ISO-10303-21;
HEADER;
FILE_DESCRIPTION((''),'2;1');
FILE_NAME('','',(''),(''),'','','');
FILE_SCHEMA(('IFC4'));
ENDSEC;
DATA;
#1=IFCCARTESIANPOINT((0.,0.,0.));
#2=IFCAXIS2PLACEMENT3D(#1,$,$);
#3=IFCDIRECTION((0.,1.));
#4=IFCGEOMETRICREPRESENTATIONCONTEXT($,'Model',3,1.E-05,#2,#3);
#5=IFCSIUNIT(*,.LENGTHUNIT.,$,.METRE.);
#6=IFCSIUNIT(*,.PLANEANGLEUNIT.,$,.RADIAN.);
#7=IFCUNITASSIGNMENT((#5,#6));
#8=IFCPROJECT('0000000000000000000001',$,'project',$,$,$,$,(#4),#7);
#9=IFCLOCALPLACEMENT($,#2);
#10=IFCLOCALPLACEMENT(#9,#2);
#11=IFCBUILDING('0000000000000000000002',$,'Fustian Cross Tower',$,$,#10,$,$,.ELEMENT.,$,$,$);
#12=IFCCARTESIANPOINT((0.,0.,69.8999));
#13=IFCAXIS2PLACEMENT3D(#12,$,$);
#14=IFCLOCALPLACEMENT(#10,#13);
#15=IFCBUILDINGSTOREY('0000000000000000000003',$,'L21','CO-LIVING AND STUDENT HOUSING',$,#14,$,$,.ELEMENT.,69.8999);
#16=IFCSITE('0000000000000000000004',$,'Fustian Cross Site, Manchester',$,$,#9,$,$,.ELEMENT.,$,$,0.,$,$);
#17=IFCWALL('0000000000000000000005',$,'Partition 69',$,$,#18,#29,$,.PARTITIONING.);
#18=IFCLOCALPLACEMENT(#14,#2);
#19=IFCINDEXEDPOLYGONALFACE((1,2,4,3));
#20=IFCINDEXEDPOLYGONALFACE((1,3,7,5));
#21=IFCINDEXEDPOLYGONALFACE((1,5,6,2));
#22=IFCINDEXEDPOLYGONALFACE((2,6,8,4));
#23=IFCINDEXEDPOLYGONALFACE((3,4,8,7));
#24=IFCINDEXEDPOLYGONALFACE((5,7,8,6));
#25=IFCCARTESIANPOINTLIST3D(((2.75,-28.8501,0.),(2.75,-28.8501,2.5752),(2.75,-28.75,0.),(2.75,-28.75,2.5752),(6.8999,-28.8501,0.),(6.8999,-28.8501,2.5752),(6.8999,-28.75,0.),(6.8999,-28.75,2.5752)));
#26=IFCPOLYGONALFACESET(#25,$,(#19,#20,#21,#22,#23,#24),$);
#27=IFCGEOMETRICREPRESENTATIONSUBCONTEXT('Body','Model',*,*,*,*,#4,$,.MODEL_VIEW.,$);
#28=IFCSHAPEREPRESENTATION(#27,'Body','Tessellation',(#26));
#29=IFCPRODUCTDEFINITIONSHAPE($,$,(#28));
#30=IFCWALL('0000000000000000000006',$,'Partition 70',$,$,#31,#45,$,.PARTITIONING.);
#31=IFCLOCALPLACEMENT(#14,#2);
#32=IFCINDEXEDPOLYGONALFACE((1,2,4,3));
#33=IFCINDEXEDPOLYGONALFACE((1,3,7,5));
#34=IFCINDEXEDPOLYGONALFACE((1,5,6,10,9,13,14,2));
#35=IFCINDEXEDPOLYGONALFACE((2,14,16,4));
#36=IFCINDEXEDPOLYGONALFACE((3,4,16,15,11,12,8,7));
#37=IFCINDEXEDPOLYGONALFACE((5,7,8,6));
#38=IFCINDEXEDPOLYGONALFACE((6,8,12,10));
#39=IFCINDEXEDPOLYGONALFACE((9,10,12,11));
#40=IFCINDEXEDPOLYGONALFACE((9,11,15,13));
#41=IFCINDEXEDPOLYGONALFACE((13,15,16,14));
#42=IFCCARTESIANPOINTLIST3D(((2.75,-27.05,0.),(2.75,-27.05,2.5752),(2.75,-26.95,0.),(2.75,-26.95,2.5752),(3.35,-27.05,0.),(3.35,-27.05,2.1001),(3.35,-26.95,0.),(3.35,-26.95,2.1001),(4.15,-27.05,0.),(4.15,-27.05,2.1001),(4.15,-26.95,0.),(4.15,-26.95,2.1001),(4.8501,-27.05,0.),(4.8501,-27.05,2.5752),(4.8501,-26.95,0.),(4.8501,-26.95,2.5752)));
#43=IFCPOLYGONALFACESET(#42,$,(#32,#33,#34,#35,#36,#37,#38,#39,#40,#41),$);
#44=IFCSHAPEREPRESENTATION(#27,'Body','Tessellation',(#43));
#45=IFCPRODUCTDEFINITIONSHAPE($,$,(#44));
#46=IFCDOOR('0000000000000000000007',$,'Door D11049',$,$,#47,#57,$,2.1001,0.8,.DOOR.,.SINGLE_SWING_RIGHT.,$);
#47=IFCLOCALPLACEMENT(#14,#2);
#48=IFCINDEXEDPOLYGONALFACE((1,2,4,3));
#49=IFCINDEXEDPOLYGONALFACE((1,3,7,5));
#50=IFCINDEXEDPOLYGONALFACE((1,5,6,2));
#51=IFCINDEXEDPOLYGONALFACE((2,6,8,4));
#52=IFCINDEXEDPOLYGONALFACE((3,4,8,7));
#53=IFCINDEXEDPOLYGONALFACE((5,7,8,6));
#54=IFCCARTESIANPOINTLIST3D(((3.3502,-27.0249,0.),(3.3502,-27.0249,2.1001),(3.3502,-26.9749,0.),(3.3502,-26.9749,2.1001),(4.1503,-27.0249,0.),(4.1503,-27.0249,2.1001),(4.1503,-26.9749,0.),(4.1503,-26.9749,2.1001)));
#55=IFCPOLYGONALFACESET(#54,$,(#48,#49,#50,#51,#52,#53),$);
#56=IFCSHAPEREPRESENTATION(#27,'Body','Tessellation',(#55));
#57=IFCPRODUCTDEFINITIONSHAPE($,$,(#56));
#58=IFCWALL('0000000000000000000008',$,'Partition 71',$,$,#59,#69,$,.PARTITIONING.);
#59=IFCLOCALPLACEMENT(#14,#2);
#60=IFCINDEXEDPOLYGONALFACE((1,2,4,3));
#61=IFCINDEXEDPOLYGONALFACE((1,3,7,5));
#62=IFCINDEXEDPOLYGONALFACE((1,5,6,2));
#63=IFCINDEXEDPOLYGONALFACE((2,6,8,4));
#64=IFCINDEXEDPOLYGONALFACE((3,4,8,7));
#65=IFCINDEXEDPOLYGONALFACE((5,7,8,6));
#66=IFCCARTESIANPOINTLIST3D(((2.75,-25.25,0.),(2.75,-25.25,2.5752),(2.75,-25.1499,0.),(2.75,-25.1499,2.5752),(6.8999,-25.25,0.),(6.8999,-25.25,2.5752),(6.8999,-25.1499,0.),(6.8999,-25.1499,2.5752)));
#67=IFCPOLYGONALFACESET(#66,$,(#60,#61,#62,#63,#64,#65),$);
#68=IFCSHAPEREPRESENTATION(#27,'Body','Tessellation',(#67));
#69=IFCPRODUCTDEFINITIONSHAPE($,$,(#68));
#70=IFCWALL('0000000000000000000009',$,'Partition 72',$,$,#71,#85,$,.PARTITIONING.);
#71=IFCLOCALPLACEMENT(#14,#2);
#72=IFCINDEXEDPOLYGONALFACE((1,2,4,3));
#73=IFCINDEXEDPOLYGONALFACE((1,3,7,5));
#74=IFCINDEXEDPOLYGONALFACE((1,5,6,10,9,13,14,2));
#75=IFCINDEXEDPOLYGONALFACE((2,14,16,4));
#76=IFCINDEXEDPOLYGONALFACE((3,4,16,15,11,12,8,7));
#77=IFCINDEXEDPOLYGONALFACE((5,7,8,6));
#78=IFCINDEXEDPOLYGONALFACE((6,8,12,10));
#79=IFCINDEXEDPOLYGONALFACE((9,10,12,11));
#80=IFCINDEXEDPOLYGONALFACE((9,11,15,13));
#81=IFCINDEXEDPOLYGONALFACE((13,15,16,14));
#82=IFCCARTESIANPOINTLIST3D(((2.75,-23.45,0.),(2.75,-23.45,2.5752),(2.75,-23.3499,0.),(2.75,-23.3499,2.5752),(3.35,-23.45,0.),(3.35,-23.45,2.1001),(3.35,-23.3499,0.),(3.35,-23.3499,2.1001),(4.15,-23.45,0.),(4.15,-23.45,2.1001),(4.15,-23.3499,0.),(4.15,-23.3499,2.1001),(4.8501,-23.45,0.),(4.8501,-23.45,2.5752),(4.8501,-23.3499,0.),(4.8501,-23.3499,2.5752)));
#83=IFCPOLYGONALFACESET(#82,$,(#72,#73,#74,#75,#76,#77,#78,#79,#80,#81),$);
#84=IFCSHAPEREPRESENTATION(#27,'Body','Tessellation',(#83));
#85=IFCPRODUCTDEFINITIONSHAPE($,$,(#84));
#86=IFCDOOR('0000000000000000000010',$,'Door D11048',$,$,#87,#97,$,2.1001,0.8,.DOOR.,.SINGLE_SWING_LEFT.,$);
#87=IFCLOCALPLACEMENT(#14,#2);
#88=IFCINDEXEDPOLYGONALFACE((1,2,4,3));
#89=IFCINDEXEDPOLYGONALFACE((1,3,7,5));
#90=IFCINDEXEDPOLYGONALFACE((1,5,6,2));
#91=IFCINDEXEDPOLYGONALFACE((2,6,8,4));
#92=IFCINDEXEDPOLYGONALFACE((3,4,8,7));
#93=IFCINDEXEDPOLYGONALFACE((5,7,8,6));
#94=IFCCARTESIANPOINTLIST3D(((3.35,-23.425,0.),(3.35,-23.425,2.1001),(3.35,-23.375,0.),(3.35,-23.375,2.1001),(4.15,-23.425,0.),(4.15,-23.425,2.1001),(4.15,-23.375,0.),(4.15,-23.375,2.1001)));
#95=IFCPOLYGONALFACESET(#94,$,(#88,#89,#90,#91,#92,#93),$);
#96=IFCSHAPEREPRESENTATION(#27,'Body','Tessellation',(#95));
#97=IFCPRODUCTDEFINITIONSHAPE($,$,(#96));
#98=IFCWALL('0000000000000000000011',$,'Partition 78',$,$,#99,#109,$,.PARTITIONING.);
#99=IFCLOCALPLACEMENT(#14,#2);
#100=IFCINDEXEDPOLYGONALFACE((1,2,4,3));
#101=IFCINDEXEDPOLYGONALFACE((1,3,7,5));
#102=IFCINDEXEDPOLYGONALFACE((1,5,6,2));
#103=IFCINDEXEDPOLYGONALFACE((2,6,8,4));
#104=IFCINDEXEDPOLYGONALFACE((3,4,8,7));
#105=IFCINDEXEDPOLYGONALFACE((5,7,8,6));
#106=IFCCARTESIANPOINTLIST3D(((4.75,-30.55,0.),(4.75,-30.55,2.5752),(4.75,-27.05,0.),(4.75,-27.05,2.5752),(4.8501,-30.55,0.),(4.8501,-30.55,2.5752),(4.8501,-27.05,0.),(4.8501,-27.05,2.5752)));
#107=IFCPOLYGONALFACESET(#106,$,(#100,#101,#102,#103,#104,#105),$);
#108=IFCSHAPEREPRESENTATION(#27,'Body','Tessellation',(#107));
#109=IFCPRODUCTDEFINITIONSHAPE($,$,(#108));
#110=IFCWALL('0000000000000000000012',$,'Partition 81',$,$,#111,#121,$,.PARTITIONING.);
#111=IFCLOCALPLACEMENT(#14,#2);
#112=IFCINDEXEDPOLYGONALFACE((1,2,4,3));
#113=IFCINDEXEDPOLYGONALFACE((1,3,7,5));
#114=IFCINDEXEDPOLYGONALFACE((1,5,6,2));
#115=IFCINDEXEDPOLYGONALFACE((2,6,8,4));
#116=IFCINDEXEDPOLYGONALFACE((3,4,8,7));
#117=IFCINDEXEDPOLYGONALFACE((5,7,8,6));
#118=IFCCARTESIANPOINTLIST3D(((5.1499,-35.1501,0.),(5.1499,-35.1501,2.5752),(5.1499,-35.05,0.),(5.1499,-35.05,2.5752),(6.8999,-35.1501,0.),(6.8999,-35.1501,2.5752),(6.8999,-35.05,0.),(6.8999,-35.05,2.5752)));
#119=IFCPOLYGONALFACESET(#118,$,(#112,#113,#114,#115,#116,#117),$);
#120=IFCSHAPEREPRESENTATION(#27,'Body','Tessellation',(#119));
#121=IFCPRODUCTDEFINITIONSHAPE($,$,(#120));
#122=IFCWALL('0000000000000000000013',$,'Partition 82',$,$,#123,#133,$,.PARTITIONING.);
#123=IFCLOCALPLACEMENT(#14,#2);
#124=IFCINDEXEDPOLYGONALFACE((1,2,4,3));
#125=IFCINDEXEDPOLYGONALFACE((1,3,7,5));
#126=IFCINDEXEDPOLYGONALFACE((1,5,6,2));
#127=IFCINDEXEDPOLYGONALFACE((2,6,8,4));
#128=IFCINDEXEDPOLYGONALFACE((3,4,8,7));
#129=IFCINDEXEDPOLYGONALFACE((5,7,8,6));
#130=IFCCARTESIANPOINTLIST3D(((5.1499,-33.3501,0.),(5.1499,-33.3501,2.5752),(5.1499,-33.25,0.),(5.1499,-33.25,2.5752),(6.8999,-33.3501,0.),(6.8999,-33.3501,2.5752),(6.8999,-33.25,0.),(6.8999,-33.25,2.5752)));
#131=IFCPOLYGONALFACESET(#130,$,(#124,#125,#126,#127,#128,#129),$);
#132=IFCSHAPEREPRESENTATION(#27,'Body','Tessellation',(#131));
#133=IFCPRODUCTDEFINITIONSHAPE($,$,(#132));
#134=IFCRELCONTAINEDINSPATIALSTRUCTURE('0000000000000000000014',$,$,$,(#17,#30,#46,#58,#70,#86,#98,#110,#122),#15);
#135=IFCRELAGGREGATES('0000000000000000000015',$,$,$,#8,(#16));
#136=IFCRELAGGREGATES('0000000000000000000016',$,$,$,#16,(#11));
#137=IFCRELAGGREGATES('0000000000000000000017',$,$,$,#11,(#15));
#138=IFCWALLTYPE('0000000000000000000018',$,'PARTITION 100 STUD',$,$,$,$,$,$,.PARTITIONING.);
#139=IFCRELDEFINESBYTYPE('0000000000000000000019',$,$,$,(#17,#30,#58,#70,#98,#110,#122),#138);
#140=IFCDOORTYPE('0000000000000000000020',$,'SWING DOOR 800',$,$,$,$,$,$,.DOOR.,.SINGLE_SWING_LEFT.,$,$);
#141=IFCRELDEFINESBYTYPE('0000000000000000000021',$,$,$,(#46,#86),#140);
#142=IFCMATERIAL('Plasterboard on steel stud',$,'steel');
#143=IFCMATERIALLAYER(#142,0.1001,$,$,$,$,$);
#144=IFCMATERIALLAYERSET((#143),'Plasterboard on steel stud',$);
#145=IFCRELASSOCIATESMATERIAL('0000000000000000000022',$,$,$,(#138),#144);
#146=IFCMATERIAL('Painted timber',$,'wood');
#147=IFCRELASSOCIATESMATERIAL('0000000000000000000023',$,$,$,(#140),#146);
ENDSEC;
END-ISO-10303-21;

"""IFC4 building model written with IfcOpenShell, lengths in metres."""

from ifc_helpers import new_model, si_unit, direction, frame, frame_2d, origin, place, context, subcontext, project, spatial, rectangle, extrude, material, layer, layer_set, type_object, element, fill, save


model = new_model("IFC4")

# Units and contexts
model_context = context("Model", 3, precision=1e-05, world=origin(), true_north=direction((0.0, 1.0)))
body_context = subcontext(model_context, "Body", "Model", "MODEL_VIEW")
ifc_project = project(units=[si_unit("LENGTHUNIT", "METRE"), si_unit("PLANEANGLEUNIT", "RADIAN")], contexts=[model_context])

# Site, building, storey
site_placement = place(None, origin())
site = spatial("IfcSite", under=ifc_project, at=site_placement, Name="Fustian Cross Site, Manchester", CompositionType="ELEMENT", RefElevation=0.0)
building_placement = place(site_placement, origin())
building = spatial("IfcBuilding", under=site, at=building_placement, Name="Fustian Cross Tower", CompositionType="ELEMENT")
storey_placement = place(building_placement, frame((0.0, 0.0, 69.8999)))
storey = spatial("IfcBuildingStorey", under=building, at=storey_placement, Name="L21", Description="CO-LIVING AND STUDENT HOUSING", CompositionType="ELEMENT", Elevation=69.8999)

# Shared definitions
ifc_material_1 = material(Name="Plasterboard on steel stud", Category="steel")
ifc_layer = layer(ifc_material_1, 0.1001)
ifc_layer_set = layer_set([ifc_layer], Name="Plasterboard on steel stud")
wall_type = type_object("IfcWallType", Name="PARTITION 100 STUD", PredefinedType="PARTITIONING", material=ifc_layer_set)

# Shared definitions
ifc_material_2 = material(Name="Painted timber", Category="wood")
door_type_1 = type_object("IfcDoorType", Name="SWING DOOR 800", OperationType="SINGLE_SWING_LEFT", PredefinedType="DOOR", material=ifc_material_2)

# Wall
wall_1_placement = place(storey_placement, frame((2.75, -28.8, 0.0), z_axis=(0.0, 0.0, 1.0), x_axis=(1.0, 0.0, 0.0)))
element("IfcWall", 1, at=wall_1_placement, inside=storey, type_object=wall_type, Name="Partition 69", PredefinedType="PARTITIONING", context=body_context, shape_type="SweptSolid", body=[
    extrude(rectangle(XDim=4.1499, YDim=0.1001, at=frame_2d((2.075, 0.0))), origin(), (0.0, 0.0, 1.0), 2.5752),
])

# Wall, opening, door
wall_2_placement = place(storey_placement, frame((2.75, -27.0, 0.0), z_axis=(0.0, 0.0, 1.0), x_axis=(1.0, 0.0, 0.0)))
wall_2 = element("IfcWall", 2, at=wall_2_placement, inside=storey, type_object=wall_type, Name="Partition 70", PredefinedType="PARTITIONING", context=body_context, shape_type="SweptSolid", body=[
    extrude(rectangle(XDim=2.1001, YDim=0.1001, at=frame_2d((1.05, 0.0))), origin(), (0.0, 0.0, 1.0), 2.5752),
])
opening_1_placement = place(wall_2_placement, frame((0.6001, 0.0, 0.0)))
opening_1 = element("IfcOpeningElement", 3, at=opening_1_placement, cuts=wall_2, PredefinedType="OPENING", context=body_context, shape_type="SweptSolid", body=[
    extrude(rectangle(XDim=0.8, YDim=2.1001, at=frame_2d((0.3999, 1.05))), frame((0.0, 0.0601, 0.0), z_axis=(0.0, -1.0, 0.0), x_axis=(1.0, 0.0, 0.0)), (0.0, 0.0, 1.0), 0.1201),
])
door_1_placement = place(opening_1_placement, frame((0.8, 0.0, 0.0), z_axis=(0.0, 0.0, 1.0), x_axis=(-1.0, 0.0, 0.0)))
door_1 = element("IfcDoor", 4, at=door_1_placement, inside=storey, type_object=door_type_1, Name="Door D11049", OperationType="SINGLE_SWING_RIGHT", OverallHeight=2.1001, OverallWidth=0.8, PredefinedType="DOOR", context=body_context, shape_type="SweptSolid", body=[
    extrude(rectangle(XDim=0.8, YDim=2.1001, at=frame_2d((0.3999, 1.05))), frame((0.0, 0.0249, 0.0), z_axis=(0.0, -1.0, 0.0), x_axis=(1.0, 0.0, 0.0)), (0.0, 0.0, 1.0), 0.05),
])
fill(opening_1, door_1)

# Wall
wall_3_placement = place(storey_placement, frame((2.75, -25.2, 0.0), z_axis=(0.0, 0.0, 1.0), x_axis=(1.0, 0.0, 0.0)))
element("IfcWall", 5, at=wall_3_placement, inside=storey, type_object=wall_type, Name="Partition 71", PredefinedType="PARTITIONING", context=body_context, shape_type="SweptSolid", body=[
    extrude(rectangle(XDim=4.1499, YDim=0.1001, at=frame_2d((2.075, 0.0))), origin(), (0.0, 0.0, 1.0), 2.5752),
])

# Wall, opening, door
wall_4_placement = place(storey_placement, frame((2.75, -23.3999, 0.0), z_axis=(0.0, 0.0, 1.0), x_axis=(1.0, 0.0, 0.0)))
wall_4 = element("IfcWall", 6, at=wall_4_placement, inside=storey, type_object=wall_type, Name="Partition 72", PredefinedType="PARTITIONING", context=body_context, shape_type="SweptSolid", body=[
    extrude(rectangle(XDim=2.1001, YDim=0.1001, at=frame_2d((1.05, 0.0))), origin(), (0.0, 0.0, 1.0), 2.5752),
])
opening_2_placement = place(wall_4_placement, frame((0.6001, 0.0, 0.0)))
opening_2 = element("IfcOpeningElement", 7, at=opening_2_placement, cuts=wall_4, PredefinedType="OPENING", context=body_context, shape_type="SweptSolid", body=[
    extrude(rectangle(XDim=0.8, YDim=2.1001, at=frame_2d((0.3999, 1.05))), frame((0.0, 0.0601, 0.0), z_axis=(0.0, -1.0, 0.0), x_axis=(1.0, 0.0, 0.0)), (0.0, 0.0, 1.0), 0.1201),
])
door_2_placement = place(opening_2_placement, origin())
door_2 = element("IfcDoor", 8, at=door_2_placement, inside=storey, type_object=door_type_1, Name="Door D11048", OperationType="SINGLE_SWING_LEFT", OverallHeight=2.1001, OverallWidth=0.8, PredefinedType="DOOR", context=body_context, shape_type="SweptSolid", body=[
    extrude(rectangle(XDim=0.8, YDim=2.1001, at=frame_2d((0.3999, 1.05))), frame((0.0, 0.0249, 0.0), z_axis=(0.0, -1.0, 0.0), x_axis=(1.0, 0.0, 0.0)), (0.0, 0.0, 1.0), 0.05),
])
fill(opening_2, door_2)

# Walls
wall_5_placement = place(storey_placement, frame((4.8, -30.55, 0.0), z_axis=(0.0, 0.0, 1.0), x_axis=(0.0, 1.0, 0.0)))
element("IfcWall", 9, at=wall_5_placement, inside=storey, type_object=wall_type, Name="Partition 78", PredefinedType="PARTITIONING", context=body_context, shape_type="SweptSolid", body=[
    extrude(rectangle(XDim=3.5, YDim=0.1001, at=frame_2d((1.75, 0.0))), origin(), (0.0, 0.0, 1.0), 2.5752),
])
for number, where, z_axis, x_axis, name in (
    (10, (5.1499, -35.1001, 0.0), (0.0, 0.0, 1.0), (1.0, 0.0, 0.0), "Partition 81"),
    (11, (5.1499, -33.3, 0.0), (0.0, 0.0, 1.0), (1.0, 0.0, 0.0), "Partition 82"),
):
    element("IfcWall", number, at=place(storey_placement, frame(where, z_axis=z_axis, x_axis=x_axis)), inside=storey, type_object=wall_type, Name=name, PredefinedType="PARTITIONING", context=body_context, shape_type="SweptSolid", body=[
        extrude(rectangle(XDim=1.75, YDim=0.1001, at=frame_2d((0.875, 0.0))), origin(), (0.0, 0.0, 1.0), 2.5752),
    ])

save(model, "model.ifc")
